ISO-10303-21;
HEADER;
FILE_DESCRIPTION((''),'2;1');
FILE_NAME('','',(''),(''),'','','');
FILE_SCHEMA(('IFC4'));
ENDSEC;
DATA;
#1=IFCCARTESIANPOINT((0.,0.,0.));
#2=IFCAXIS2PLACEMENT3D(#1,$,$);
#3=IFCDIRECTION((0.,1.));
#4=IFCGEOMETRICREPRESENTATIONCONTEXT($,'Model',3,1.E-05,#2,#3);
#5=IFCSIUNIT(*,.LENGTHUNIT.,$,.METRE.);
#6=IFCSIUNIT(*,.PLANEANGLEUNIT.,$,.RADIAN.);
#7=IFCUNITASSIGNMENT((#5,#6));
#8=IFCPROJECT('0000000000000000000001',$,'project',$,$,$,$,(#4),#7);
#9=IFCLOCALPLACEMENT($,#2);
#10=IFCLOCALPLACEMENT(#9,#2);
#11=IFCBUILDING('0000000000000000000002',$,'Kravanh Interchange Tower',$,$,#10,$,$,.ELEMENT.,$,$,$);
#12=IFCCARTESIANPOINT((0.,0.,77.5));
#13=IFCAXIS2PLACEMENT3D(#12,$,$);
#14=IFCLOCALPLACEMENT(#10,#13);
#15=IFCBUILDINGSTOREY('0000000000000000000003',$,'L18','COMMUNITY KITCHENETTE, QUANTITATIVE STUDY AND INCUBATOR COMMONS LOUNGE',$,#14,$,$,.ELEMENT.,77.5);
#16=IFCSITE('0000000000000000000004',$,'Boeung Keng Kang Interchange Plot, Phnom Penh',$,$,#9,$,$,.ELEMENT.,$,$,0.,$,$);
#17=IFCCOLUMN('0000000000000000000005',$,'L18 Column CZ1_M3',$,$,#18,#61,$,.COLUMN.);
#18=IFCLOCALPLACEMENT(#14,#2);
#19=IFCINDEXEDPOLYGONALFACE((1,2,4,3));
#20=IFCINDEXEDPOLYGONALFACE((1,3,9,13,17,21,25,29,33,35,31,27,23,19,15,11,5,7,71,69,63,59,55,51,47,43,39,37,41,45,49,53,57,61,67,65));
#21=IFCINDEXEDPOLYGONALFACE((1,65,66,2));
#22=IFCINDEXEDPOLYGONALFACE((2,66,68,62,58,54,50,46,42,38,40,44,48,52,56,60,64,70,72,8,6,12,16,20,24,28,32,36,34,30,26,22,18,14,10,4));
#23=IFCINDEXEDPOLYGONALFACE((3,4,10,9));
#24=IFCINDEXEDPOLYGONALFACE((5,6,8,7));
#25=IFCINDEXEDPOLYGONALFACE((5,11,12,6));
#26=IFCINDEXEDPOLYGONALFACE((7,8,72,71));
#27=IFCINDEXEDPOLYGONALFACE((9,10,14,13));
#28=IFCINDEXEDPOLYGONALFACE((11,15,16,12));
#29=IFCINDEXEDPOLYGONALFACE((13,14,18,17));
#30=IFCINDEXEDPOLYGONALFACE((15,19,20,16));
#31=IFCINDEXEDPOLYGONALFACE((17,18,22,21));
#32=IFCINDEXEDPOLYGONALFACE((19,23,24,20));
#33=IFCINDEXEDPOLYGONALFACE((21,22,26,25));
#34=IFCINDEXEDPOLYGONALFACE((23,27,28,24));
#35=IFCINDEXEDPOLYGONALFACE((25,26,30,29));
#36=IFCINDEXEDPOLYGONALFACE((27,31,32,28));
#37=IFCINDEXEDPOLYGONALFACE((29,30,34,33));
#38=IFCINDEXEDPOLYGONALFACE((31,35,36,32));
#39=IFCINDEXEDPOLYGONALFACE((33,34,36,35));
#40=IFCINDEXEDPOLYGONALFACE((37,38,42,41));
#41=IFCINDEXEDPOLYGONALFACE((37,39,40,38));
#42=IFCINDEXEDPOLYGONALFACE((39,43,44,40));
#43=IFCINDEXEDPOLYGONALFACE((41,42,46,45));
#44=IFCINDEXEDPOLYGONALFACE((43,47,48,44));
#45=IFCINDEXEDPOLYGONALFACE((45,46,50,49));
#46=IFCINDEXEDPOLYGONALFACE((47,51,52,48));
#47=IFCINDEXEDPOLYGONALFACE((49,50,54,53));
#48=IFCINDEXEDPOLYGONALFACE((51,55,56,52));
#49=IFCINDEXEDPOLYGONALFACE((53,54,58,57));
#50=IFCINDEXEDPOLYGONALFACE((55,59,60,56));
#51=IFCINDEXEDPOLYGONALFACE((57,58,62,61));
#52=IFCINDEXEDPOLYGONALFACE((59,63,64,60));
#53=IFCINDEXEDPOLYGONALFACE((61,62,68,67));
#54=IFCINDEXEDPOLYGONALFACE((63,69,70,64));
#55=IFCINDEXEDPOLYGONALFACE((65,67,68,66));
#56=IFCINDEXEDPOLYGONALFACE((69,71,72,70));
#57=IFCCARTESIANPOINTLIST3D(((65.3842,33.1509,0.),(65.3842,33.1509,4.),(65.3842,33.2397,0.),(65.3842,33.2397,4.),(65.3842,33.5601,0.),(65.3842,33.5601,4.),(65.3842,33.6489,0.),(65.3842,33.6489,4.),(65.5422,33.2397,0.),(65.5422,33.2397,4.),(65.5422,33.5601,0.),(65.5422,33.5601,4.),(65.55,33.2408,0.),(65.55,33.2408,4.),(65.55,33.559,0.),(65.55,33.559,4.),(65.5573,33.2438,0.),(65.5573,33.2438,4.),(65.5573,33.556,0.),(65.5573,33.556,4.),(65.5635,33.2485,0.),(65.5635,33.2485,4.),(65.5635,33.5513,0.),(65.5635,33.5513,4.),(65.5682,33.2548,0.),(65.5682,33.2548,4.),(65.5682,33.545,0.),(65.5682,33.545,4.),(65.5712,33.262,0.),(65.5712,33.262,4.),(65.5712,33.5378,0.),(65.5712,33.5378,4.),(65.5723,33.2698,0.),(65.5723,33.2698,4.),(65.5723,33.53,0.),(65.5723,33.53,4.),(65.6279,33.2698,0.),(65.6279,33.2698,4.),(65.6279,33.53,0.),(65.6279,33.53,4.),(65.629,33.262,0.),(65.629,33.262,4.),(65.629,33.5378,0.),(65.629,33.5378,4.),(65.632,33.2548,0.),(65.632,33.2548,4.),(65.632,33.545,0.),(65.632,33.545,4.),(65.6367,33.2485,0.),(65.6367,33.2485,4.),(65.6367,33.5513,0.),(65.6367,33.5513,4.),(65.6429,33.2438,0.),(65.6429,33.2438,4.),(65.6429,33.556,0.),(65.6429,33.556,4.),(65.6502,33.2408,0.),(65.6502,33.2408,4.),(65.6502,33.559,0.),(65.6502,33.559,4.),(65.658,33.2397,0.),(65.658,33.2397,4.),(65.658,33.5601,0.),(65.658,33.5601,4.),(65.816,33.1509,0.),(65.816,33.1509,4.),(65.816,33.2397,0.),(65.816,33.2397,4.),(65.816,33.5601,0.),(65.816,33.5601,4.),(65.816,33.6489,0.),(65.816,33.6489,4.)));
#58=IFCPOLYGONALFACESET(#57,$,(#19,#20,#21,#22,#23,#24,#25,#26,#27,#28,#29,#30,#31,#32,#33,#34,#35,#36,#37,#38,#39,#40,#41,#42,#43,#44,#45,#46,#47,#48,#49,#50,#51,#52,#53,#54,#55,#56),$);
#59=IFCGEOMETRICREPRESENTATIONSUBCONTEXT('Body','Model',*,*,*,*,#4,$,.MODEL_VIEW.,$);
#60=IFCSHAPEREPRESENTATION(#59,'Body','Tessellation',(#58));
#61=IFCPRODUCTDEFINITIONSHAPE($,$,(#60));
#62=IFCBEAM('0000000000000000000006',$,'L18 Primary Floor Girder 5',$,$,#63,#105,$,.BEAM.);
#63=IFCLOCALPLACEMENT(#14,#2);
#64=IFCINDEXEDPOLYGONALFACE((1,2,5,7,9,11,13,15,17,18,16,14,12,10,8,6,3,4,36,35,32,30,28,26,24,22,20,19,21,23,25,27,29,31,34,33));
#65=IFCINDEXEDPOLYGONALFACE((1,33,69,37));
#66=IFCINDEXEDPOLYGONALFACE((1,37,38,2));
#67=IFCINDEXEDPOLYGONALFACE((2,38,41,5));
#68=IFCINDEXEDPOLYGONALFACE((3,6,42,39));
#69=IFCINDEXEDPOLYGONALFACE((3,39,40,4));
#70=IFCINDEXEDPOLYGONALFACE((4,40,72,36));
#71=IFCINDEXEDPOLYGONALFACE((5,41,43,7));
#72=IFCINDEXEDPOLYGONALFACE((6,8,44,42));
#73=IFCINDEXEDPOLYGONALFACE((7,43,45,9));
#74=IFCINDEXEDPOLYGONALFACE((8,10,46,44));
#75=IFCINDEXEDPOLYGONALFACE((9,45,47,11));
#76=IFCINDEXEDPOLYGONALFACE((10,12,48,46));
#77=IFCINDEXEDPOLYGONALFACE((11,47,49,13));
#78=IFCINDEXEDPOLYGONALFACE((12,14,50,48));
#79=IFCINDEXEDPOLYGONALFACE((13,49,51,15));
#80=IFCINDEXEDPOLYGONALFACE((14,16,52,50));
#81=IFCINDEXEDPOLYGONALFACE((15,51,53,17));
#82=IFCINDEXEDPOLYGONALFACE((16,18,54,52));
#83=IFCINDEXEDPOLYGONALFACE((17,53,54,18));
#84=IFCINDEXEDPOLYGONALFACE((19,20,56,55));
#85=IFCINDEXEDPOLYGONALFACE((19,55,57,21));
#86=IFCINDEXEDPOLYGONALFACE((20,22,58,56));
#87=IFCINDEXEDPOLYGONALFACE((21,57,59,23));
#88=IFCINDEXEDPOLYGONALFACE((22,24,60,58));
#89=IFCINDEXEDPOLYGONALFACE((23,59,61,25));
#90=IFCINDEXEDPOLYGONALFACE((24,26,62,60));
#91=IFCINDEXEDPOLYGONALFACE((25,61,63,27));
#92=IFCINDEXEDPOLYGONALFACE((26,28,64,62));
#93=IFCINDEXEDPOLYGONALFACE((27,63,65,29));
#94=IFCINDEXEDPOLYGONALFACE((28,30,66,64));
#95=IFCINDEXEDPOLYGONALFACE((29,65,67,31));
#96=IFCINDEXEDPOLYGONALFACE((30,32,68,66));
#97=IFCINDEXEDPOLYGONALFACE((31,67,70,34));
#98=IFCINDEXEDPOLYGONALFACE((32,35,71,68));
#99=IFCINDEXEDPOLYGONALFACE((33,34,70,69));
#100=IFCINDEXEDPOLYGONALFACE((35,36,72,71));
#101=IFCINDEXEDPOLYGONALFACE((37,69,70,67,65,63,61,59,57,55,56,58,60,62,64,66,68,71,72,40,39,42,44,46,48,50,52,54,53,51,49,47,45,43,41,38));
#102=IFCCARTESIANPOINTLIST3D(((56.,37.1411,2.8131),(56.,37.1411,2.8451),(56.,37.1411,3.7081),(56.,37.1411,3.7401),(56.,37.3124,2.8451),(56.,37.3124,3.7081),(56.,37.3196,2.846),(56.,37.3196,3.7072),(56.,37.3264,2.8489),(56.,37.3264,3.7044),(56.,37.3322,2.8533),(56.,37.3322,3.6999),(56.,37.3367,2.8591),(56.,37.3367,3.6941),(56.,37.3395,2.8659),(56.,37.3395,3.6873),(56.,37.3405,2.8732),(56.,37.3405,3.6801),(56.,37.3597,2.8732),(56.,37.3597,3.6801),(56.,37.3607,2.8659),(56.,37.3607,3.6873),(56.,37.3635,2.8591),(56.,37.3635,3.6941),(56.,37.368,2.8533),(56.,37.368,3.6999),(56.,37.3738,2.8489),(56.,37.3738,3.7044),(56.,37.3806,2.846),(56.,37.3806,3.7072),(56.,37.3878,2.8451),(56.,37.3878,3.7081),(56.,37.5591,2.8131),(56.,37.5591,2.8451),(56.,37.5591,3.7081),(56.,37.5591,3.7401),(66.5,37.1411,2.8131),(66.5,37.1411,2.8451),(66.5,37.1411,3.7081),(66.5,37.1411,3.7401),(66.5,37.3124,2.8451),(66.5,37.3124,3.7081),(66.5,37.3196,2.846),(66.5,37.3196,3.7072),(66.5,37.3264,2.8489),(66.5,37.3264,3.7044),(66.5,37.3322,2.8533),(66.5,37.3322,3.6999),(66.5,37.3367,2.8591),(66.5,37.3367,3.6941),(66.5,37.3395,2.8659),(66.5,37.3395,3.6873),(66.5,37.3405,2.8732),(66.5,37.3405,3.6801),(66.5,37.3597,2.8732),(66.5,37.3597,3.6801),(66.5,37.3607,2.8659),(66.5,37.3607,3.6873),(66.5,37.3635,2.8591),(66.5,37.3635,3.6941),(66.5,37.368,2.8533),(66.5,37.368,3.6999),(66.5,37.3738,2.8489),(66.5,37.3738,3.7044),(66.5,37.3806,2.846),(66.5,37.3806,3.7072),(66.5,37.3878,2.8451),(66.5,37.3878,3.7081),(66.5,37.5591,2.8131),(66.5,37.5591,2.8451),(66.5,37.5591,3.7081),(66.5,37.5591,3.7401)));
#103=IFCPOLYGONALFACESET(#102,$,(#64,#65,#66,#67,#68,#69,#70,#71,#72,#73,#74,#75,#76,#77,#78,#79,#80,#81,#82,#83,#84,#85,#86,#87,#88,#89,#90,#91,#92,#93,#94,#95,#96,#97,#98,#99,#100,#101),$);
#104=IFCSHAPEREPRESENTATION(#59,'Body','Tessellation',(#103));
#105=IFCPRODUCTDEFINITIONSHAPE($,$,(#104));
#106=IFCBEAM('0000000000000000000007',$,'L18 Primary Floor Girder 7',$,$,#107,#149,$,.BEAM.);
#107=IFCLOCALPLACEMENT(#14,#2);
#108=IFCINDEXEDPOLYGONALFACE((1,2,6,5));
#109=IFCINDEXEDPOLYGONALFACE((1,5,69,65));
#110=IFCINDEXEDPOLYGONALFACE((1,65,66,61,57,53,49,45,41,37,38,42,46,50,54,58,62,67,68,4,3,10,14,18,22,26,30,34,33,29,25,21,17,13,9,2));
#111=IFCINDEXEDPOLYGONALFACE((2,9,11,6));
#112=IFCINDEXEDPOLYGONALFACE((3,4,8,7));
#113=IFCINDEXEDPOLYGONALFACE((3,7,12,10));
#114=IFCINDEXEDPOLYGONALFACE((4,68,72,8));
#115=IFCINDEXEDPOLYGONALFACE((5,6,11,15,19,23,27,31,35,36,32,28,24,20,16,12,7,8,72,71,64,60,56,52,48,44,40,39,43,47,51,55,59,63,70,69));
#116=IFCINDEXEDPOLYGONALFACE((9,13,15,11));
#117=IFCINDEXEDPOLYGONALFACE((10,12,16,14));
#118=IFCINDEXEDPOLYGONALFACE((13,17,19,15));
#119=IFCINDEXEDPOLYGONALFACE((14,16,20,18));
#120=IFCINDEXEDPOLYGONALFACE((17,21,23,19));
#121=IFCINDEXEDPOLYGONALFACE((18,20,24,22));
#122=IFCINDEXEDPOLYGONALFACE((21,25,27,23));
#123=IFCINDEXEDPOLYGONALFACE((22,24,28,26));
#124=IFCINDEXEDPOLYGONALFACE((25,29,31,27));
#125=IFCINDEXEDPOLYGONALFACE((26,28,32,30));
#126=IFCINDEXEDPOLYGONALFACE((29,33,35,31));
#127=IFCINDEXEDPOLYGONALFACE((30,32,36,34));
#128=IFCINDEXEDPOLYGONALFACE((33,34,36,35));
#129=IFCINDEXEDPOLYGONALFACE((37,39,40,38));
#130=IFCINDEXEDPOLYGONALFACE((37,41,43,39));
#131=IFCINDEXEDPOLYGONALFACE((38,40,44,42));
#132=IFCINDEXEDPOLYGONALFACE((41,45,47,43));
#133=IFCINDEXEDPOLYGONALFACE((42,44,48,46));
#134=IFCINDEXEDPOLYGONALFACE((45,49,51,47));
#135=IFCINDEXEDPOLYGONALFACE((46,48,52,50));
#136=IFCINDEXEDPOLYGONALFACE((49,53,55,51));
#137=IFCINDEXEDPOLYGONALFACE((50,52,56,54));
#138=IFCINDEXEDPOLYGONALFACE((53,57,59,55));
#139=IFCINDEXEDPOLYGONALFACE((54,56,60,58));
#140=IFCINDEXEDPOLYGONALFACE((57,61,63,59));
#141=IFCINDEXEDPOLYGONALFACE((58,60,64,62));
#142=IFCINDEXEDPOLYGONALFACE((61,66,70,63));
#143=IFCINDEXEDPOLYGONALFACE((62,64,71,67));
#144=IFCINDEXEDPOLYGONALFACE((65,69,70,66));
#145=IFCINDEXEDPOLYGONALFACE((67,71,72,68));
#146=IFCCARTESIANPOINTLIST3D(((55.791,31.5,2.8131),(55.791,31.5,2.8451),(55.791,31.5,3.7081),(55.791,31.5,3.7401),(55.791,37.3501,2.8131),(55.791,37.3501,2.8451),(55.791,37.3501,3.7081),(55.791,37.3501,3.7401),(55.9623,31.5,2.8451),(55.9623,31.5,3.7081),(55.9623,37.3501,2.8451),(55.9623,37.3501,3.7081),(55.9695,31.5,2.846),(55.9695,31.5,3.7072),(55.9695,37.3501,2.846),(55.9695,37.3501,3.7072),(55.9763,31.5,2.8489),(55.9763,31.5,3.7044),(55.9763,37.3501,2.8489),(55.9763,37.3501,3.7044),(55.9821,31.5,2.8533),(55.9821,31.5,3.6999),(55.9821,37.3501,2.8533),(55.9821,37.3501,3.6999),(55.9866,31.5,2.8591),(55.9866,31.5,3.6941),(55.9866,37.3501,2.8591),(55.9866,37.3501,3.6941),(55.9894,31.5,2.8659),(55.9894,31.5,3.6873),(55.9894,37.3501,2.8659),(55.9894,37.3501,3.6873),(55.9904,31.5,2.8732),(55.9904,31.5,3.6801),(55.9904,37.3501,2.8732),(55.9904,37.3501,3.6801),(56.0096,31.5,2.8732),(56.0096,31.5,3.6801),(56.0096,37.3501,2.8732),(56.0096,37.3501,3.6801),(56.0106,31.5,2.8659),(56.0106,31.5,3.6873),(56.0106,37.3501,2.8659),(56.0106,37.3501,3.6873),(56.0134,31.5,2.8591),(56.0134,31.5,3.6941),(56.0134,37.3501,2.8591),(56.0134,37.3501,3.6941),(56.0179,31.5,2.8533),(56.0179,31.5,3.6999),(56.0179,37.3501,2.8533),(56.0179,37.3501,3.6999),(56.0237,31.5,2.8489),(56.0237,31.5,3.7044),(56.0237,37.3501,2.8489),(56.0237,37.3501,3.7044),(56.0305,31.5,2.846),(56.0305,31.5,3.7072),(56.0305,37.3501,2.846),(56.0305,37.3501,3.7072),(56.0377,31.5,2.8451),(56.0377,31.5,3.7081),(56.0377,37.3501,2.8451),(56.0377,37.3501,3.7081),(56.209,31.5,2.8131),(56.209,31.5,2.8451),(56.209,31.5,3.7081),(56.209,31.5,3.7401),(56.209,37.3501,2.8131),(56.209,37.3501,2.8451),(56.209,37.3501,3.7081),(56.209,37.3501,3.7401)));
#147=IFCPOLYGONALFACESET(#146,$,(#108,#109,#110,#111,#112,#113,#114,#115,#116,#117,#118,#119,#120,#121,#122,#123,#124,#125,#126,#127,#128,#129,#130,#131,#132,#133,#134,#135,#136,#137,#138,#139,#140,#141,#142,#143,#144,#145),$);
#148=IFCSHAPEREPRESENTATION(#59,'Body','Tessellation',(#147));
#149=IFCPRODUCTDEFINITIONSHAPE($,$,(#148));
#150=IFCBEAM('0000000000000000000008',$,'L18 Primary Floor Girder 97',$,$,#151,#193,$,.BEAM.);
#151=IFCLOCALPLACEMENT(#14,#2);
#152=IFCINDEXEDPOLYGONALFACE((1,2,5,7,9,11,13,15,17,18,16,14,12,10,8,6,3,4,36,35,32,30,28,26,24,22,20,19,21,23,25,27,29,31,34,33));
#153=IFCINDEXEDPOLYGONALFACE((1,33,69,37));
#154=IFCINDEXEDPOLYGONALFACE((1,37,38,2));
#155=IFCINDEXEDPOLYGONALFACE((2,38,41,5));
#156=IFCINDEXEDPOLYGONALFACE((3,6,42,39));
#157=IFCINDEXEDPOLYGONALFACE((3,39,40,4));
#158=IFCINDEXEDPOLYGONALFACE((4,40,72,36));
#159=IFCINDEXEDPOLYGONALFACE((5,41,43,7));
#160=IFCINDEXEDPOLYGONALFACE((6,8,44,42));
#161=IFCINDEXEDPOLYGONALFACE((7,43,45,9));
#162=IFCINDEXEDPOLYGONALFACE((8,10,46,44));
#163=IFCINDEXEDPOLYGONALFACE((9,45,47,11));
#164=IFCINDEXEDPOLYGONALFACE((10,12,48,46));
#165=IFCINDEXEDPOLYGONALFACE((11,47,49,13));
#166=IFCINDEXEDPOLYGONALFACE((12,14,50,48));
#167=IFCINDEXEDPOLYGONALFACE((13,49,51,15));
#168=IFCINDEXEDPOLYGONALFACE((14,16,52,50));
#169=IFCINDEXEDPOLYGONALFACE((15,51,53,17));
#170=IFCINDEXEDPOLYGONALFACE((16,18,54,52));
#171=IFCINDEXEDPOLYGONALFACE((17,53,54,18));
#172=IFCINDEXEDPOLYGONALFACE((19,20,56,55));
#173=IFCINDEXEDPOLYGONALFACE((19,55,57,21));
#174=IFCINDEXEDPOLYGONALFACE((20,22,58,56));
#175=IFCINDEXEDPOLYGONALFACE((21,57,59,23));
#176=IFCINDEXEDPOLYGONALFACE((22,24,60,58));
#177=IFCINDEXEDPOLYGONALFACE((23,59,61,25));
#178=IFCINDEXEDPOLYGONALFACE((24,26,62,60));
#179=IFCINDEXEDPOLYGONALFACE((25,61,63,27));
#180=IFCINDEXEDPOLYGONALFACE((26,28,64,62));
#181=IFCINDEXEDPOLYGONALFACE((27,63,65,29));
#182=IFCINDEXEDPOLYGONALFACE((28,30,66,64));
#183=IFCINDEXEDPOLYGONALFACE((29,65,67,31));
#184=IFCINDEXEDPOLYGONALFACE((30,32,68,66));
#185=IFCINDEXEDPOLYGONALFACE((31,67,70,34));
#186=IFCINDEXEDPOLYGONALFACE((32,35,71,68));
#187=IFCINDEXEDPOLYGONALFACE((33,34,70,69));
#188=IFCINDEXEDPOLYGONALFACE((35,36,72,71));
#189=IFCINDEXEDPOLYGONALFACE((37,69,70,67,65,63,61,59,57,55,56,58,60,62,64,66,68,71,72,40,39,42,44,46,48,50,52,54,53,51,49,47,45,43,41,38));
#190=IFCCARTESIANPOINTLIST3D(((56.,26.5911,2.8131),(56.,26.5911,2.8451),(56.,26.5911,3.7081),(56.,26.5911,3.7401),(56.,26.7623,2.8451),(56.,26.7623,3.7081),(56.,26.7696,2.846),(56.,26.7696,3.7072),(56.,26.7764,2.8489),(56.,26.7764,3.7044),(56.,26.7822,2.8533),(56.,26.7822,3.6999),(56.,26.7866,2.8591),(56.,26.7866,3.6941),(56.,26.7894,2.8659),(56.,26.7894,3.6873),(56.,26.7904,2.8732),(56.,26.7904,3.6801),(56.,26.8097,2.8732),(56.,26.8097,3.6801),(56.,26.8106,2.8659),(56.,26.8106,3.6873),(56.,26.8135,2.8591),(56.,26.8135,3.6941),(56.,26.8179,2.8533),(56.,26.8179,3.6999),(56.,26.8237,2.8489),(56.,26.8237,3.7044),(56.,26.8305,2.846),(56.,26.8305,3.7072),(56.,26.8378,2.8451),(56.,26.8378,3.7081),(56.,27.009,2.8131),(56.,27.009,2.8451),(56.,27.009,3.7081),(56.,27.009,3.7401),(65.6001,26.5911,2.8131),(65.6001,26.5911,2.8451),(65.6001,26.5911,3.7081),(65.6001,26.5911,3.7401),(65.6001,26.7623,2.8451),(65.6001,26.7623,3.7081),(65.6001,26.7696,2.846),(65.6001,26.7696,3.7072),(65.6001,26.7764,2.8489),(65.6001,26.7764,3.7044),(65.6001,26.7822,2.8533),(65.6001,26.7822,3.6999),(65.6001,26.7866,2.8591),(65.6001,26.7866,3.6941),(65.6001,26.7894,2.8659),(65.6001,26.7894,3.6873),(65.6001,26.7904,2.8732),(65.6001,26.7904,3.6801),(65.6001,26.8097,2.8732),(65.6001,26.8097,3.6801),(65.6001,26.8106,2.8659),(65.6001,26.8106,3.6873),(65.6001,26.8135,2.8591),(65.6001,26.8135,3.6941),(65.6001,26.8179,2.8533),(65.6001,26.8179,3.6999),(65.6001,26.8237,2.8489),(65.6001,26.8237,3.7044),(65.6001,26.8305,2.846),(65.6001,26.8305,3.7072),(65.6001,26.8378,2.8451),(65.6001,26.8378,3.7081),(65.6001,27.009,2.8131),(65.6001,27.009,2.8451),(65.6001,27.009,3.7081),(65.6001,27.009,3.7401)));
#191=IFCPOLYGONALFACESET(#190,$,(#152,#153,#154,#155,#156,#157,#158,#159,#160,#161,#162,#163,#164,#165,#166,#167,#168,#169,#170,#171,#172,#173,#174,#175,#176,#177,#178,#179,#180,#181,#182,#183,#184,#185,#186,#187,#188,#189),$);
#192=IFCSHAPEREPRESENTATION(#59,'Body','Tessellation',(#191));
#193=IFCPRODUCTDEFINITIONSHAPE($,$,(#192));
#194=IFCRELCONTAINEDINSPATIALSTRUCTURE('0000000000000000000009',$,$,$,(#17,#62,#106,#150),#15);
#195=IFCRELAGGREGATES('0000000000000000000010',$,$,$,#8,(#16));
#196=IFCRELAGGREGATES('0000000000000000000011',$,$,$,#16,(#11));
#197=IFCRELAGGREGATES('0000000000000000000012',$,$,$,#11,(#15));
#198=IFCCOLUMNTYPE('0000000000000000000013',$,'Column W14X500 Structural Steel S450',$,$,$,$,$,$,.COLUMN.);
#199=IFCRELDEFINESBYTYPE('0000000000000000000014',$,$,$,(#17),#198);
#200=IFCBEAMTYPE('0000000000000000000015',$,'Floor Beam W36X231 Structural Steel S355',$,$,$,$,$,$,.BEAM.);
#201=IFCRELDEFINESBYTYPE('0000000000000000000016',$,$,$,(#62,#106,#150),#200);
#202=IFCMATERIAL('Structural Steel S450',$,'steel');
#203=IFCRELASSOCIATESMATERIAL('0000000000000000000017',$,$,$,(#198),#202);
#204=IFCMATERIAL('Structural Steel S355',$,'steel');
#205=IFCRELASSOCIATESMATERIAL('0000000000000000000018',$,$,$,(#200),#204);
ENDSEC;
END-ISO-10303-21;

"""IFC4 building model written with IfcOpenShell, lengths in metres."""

from ifc_helpers import new_model, si_unit, direction, frame, origin, origin_2d, place, context, subcontext, project, spatial, i_section, extrude, material, material_profile, profile_set, type_object, element, save


model = new_model("IFC4")

# Units and contexts
model_context = context("Model", 3, precision=1e-05, world=origin(), true_north=direction((0.0, 1.0)))
body_context = subcontext(model_context, "Body", "Model", "MODEL_VIEW")
ifc_project = project(units=[si_unit("LENGTHUNIT", "METRE"), si_unit("PLANEANGLEUNIT", "RADIAN")], contexts=[model_context])

# Site, building, storey
site_placement = place(None, origin())
site = spatial("IfcSite", under=ifc_project, at=site_placement, Name="Boeung Keng Kang Interchange Plot, Phnom Penh", CompositionType="ELEMENT", RefElevation=0.0)
building_placement = place(site_placement, origin())
building = spatial("IfcBuilding", under=site, at=building_placement, Name="Kravanh Interchange Tower", CompositionType="ELEMENT")
storey_placement = place(building_placement, frame((0.0, 0.0, 77.5)))
storey = spatial("IfcBuildingStorey", under=building, at=storey_placement, Name="L18", Description="COMMUNITY KITCHENETTE, QUANTITATIVE STUDY AND INCUBATOR COMMONS LOUNGE", CompositionType="ELEMENT", Elevation=77.5)

# Column
ifc_material_1 = material(Name="Structural Steel S450", Category="steel")
ifc_material_profile_1 = material_profile(ifc_material_1, i_section(OverallWidth=0.4319, OverallDepth=0.498, WebThickness=0.0557, FlangeThickness=0.0889, FilletRadius=0.03, at=origin_2d()), Name="W14X500")
ifc_profile_set_1 = profile_set([ifc_material_profile_1], Name="Structural Steel S450")
column_type_1 = type_object("IfcColumnType", Name="Column W14X500 Structural Steel S450", PredefinedType="COLUMN", material=ifc_profile_set_1)
for number, where, z_axis, x_axis, name in (
    (1, (65.6001, 33.3999, 0.0), (0.0, 0.0, 1.0), (1.0, 0.0, 0.0), "L18 Column CZ1_M3"),
):
    element("IfcColumn", number, at=place(storey_placement, frame(where, z_axis=z_axis, x_axis=x_axis)), inside=storey, type_object=column_type_1, Name=name, PredefinedType="COLUMN", context=body_context, shape_type="SweptSolid", body=[
        extrude(i_section(OverallWidth=0.4319, OverallDepth=0.498, WebThickness=0.0557, FlangeThickness=0.0889, FilletRadius=0.03, at=origin_2d()), origin(), (0.0, 0.0, 1.0), 4.0),
    ])

# Beams
ifc_material_2 = material(Name="Structural Steel S355", Category="steel")
ifc_material_profile_2 = material_profile(ifc_material_2, i_section(OverallWidth=0.418, OverallDepth=0.927, WebThickness=0.0193, FlangeThickness=0.032, FilletRadius=0.0281, at=origin_2d()), Name="W36X231")
ifc_profile_set_2 = profile_set([ifc_material_profile_2], Name="Structural Steel S355")
beam_type_1 = type_object("IfcBeamType", Name="Floor Beam W36X231 Structural Steel S355", PredefinedType="BEAM", material=ifc_profile_set_2)
beam_1_placement = place(storey_placement, frame((66.5, 37.3501, 3.2766), z_axis=(-1.0, 0.0, 0.0), x_axis=(0.0, -1.0, 0.0)))
element("IfcBeam", 2, at=beam_1_placement, inside=storey, type_object=beam_type_1, Name="L18 Primary Floor Girder 5", PredefinedType="BEAM", context=body_context, shape_type="SweptSolid", body=[
    extrude(i_section(OverallWidth=0.418, OverallDepth=0.927, WebThickness=0.0193, FlangeThickness=0.032, FilletRadius=0.0281, at=origin_2d()), origin(), (0.0, 0.0, 1.0), 10.5),
])
beam_2_placement = place(storey_placement, frame((56.0, 37.3501, 3.2766), z_axis=(0.0, -1.0, 0.0), x_axis=(1.0, 0.0, 0.0)))
element("IfcBeam", 3, at=beam_2_placement, inside=storey, type_object=beam_type_1, Name="L18 Primary Floor Girder 7", PredefinedType="BEAM", context=body_context, shape_type="SweptSolid", body=[
    extrude(i_section(OverallWidth=0.418, OverallDepth=0.927, WebThickness=0.0193, FlangeThickness=0.032, FilletRadius=0.0281, at=origin_2d()), origin(), (0.0, 0.0, 1.0), 5.8501),
])
beam_3_placement = place(storey_placement, frame((56.0, 26.8, 3.2766), z_axis=(1.0, 0.0, 0.0), x_axis=(0.0, 1.0, 0.0)))
element("IfcBeam", 4, at=beam_3_placement, inside=storey, type_object=beam_type_1, Name="L18 Primary Floor Girder 97", PredefinedType="BEAM", context=body_context, shape_type="SweptSolid", body=[
    extrude(i_section(OverallWidth=0.418, OverallDepth=0.927, WebThickness=0.0193, FlangeThickness=0.032, FilletRadius=0.0281, at=origin_2d()), origin(), (0.0, 0.0, 1.0), 9.6001),
])

save(model, "model.ifc")
